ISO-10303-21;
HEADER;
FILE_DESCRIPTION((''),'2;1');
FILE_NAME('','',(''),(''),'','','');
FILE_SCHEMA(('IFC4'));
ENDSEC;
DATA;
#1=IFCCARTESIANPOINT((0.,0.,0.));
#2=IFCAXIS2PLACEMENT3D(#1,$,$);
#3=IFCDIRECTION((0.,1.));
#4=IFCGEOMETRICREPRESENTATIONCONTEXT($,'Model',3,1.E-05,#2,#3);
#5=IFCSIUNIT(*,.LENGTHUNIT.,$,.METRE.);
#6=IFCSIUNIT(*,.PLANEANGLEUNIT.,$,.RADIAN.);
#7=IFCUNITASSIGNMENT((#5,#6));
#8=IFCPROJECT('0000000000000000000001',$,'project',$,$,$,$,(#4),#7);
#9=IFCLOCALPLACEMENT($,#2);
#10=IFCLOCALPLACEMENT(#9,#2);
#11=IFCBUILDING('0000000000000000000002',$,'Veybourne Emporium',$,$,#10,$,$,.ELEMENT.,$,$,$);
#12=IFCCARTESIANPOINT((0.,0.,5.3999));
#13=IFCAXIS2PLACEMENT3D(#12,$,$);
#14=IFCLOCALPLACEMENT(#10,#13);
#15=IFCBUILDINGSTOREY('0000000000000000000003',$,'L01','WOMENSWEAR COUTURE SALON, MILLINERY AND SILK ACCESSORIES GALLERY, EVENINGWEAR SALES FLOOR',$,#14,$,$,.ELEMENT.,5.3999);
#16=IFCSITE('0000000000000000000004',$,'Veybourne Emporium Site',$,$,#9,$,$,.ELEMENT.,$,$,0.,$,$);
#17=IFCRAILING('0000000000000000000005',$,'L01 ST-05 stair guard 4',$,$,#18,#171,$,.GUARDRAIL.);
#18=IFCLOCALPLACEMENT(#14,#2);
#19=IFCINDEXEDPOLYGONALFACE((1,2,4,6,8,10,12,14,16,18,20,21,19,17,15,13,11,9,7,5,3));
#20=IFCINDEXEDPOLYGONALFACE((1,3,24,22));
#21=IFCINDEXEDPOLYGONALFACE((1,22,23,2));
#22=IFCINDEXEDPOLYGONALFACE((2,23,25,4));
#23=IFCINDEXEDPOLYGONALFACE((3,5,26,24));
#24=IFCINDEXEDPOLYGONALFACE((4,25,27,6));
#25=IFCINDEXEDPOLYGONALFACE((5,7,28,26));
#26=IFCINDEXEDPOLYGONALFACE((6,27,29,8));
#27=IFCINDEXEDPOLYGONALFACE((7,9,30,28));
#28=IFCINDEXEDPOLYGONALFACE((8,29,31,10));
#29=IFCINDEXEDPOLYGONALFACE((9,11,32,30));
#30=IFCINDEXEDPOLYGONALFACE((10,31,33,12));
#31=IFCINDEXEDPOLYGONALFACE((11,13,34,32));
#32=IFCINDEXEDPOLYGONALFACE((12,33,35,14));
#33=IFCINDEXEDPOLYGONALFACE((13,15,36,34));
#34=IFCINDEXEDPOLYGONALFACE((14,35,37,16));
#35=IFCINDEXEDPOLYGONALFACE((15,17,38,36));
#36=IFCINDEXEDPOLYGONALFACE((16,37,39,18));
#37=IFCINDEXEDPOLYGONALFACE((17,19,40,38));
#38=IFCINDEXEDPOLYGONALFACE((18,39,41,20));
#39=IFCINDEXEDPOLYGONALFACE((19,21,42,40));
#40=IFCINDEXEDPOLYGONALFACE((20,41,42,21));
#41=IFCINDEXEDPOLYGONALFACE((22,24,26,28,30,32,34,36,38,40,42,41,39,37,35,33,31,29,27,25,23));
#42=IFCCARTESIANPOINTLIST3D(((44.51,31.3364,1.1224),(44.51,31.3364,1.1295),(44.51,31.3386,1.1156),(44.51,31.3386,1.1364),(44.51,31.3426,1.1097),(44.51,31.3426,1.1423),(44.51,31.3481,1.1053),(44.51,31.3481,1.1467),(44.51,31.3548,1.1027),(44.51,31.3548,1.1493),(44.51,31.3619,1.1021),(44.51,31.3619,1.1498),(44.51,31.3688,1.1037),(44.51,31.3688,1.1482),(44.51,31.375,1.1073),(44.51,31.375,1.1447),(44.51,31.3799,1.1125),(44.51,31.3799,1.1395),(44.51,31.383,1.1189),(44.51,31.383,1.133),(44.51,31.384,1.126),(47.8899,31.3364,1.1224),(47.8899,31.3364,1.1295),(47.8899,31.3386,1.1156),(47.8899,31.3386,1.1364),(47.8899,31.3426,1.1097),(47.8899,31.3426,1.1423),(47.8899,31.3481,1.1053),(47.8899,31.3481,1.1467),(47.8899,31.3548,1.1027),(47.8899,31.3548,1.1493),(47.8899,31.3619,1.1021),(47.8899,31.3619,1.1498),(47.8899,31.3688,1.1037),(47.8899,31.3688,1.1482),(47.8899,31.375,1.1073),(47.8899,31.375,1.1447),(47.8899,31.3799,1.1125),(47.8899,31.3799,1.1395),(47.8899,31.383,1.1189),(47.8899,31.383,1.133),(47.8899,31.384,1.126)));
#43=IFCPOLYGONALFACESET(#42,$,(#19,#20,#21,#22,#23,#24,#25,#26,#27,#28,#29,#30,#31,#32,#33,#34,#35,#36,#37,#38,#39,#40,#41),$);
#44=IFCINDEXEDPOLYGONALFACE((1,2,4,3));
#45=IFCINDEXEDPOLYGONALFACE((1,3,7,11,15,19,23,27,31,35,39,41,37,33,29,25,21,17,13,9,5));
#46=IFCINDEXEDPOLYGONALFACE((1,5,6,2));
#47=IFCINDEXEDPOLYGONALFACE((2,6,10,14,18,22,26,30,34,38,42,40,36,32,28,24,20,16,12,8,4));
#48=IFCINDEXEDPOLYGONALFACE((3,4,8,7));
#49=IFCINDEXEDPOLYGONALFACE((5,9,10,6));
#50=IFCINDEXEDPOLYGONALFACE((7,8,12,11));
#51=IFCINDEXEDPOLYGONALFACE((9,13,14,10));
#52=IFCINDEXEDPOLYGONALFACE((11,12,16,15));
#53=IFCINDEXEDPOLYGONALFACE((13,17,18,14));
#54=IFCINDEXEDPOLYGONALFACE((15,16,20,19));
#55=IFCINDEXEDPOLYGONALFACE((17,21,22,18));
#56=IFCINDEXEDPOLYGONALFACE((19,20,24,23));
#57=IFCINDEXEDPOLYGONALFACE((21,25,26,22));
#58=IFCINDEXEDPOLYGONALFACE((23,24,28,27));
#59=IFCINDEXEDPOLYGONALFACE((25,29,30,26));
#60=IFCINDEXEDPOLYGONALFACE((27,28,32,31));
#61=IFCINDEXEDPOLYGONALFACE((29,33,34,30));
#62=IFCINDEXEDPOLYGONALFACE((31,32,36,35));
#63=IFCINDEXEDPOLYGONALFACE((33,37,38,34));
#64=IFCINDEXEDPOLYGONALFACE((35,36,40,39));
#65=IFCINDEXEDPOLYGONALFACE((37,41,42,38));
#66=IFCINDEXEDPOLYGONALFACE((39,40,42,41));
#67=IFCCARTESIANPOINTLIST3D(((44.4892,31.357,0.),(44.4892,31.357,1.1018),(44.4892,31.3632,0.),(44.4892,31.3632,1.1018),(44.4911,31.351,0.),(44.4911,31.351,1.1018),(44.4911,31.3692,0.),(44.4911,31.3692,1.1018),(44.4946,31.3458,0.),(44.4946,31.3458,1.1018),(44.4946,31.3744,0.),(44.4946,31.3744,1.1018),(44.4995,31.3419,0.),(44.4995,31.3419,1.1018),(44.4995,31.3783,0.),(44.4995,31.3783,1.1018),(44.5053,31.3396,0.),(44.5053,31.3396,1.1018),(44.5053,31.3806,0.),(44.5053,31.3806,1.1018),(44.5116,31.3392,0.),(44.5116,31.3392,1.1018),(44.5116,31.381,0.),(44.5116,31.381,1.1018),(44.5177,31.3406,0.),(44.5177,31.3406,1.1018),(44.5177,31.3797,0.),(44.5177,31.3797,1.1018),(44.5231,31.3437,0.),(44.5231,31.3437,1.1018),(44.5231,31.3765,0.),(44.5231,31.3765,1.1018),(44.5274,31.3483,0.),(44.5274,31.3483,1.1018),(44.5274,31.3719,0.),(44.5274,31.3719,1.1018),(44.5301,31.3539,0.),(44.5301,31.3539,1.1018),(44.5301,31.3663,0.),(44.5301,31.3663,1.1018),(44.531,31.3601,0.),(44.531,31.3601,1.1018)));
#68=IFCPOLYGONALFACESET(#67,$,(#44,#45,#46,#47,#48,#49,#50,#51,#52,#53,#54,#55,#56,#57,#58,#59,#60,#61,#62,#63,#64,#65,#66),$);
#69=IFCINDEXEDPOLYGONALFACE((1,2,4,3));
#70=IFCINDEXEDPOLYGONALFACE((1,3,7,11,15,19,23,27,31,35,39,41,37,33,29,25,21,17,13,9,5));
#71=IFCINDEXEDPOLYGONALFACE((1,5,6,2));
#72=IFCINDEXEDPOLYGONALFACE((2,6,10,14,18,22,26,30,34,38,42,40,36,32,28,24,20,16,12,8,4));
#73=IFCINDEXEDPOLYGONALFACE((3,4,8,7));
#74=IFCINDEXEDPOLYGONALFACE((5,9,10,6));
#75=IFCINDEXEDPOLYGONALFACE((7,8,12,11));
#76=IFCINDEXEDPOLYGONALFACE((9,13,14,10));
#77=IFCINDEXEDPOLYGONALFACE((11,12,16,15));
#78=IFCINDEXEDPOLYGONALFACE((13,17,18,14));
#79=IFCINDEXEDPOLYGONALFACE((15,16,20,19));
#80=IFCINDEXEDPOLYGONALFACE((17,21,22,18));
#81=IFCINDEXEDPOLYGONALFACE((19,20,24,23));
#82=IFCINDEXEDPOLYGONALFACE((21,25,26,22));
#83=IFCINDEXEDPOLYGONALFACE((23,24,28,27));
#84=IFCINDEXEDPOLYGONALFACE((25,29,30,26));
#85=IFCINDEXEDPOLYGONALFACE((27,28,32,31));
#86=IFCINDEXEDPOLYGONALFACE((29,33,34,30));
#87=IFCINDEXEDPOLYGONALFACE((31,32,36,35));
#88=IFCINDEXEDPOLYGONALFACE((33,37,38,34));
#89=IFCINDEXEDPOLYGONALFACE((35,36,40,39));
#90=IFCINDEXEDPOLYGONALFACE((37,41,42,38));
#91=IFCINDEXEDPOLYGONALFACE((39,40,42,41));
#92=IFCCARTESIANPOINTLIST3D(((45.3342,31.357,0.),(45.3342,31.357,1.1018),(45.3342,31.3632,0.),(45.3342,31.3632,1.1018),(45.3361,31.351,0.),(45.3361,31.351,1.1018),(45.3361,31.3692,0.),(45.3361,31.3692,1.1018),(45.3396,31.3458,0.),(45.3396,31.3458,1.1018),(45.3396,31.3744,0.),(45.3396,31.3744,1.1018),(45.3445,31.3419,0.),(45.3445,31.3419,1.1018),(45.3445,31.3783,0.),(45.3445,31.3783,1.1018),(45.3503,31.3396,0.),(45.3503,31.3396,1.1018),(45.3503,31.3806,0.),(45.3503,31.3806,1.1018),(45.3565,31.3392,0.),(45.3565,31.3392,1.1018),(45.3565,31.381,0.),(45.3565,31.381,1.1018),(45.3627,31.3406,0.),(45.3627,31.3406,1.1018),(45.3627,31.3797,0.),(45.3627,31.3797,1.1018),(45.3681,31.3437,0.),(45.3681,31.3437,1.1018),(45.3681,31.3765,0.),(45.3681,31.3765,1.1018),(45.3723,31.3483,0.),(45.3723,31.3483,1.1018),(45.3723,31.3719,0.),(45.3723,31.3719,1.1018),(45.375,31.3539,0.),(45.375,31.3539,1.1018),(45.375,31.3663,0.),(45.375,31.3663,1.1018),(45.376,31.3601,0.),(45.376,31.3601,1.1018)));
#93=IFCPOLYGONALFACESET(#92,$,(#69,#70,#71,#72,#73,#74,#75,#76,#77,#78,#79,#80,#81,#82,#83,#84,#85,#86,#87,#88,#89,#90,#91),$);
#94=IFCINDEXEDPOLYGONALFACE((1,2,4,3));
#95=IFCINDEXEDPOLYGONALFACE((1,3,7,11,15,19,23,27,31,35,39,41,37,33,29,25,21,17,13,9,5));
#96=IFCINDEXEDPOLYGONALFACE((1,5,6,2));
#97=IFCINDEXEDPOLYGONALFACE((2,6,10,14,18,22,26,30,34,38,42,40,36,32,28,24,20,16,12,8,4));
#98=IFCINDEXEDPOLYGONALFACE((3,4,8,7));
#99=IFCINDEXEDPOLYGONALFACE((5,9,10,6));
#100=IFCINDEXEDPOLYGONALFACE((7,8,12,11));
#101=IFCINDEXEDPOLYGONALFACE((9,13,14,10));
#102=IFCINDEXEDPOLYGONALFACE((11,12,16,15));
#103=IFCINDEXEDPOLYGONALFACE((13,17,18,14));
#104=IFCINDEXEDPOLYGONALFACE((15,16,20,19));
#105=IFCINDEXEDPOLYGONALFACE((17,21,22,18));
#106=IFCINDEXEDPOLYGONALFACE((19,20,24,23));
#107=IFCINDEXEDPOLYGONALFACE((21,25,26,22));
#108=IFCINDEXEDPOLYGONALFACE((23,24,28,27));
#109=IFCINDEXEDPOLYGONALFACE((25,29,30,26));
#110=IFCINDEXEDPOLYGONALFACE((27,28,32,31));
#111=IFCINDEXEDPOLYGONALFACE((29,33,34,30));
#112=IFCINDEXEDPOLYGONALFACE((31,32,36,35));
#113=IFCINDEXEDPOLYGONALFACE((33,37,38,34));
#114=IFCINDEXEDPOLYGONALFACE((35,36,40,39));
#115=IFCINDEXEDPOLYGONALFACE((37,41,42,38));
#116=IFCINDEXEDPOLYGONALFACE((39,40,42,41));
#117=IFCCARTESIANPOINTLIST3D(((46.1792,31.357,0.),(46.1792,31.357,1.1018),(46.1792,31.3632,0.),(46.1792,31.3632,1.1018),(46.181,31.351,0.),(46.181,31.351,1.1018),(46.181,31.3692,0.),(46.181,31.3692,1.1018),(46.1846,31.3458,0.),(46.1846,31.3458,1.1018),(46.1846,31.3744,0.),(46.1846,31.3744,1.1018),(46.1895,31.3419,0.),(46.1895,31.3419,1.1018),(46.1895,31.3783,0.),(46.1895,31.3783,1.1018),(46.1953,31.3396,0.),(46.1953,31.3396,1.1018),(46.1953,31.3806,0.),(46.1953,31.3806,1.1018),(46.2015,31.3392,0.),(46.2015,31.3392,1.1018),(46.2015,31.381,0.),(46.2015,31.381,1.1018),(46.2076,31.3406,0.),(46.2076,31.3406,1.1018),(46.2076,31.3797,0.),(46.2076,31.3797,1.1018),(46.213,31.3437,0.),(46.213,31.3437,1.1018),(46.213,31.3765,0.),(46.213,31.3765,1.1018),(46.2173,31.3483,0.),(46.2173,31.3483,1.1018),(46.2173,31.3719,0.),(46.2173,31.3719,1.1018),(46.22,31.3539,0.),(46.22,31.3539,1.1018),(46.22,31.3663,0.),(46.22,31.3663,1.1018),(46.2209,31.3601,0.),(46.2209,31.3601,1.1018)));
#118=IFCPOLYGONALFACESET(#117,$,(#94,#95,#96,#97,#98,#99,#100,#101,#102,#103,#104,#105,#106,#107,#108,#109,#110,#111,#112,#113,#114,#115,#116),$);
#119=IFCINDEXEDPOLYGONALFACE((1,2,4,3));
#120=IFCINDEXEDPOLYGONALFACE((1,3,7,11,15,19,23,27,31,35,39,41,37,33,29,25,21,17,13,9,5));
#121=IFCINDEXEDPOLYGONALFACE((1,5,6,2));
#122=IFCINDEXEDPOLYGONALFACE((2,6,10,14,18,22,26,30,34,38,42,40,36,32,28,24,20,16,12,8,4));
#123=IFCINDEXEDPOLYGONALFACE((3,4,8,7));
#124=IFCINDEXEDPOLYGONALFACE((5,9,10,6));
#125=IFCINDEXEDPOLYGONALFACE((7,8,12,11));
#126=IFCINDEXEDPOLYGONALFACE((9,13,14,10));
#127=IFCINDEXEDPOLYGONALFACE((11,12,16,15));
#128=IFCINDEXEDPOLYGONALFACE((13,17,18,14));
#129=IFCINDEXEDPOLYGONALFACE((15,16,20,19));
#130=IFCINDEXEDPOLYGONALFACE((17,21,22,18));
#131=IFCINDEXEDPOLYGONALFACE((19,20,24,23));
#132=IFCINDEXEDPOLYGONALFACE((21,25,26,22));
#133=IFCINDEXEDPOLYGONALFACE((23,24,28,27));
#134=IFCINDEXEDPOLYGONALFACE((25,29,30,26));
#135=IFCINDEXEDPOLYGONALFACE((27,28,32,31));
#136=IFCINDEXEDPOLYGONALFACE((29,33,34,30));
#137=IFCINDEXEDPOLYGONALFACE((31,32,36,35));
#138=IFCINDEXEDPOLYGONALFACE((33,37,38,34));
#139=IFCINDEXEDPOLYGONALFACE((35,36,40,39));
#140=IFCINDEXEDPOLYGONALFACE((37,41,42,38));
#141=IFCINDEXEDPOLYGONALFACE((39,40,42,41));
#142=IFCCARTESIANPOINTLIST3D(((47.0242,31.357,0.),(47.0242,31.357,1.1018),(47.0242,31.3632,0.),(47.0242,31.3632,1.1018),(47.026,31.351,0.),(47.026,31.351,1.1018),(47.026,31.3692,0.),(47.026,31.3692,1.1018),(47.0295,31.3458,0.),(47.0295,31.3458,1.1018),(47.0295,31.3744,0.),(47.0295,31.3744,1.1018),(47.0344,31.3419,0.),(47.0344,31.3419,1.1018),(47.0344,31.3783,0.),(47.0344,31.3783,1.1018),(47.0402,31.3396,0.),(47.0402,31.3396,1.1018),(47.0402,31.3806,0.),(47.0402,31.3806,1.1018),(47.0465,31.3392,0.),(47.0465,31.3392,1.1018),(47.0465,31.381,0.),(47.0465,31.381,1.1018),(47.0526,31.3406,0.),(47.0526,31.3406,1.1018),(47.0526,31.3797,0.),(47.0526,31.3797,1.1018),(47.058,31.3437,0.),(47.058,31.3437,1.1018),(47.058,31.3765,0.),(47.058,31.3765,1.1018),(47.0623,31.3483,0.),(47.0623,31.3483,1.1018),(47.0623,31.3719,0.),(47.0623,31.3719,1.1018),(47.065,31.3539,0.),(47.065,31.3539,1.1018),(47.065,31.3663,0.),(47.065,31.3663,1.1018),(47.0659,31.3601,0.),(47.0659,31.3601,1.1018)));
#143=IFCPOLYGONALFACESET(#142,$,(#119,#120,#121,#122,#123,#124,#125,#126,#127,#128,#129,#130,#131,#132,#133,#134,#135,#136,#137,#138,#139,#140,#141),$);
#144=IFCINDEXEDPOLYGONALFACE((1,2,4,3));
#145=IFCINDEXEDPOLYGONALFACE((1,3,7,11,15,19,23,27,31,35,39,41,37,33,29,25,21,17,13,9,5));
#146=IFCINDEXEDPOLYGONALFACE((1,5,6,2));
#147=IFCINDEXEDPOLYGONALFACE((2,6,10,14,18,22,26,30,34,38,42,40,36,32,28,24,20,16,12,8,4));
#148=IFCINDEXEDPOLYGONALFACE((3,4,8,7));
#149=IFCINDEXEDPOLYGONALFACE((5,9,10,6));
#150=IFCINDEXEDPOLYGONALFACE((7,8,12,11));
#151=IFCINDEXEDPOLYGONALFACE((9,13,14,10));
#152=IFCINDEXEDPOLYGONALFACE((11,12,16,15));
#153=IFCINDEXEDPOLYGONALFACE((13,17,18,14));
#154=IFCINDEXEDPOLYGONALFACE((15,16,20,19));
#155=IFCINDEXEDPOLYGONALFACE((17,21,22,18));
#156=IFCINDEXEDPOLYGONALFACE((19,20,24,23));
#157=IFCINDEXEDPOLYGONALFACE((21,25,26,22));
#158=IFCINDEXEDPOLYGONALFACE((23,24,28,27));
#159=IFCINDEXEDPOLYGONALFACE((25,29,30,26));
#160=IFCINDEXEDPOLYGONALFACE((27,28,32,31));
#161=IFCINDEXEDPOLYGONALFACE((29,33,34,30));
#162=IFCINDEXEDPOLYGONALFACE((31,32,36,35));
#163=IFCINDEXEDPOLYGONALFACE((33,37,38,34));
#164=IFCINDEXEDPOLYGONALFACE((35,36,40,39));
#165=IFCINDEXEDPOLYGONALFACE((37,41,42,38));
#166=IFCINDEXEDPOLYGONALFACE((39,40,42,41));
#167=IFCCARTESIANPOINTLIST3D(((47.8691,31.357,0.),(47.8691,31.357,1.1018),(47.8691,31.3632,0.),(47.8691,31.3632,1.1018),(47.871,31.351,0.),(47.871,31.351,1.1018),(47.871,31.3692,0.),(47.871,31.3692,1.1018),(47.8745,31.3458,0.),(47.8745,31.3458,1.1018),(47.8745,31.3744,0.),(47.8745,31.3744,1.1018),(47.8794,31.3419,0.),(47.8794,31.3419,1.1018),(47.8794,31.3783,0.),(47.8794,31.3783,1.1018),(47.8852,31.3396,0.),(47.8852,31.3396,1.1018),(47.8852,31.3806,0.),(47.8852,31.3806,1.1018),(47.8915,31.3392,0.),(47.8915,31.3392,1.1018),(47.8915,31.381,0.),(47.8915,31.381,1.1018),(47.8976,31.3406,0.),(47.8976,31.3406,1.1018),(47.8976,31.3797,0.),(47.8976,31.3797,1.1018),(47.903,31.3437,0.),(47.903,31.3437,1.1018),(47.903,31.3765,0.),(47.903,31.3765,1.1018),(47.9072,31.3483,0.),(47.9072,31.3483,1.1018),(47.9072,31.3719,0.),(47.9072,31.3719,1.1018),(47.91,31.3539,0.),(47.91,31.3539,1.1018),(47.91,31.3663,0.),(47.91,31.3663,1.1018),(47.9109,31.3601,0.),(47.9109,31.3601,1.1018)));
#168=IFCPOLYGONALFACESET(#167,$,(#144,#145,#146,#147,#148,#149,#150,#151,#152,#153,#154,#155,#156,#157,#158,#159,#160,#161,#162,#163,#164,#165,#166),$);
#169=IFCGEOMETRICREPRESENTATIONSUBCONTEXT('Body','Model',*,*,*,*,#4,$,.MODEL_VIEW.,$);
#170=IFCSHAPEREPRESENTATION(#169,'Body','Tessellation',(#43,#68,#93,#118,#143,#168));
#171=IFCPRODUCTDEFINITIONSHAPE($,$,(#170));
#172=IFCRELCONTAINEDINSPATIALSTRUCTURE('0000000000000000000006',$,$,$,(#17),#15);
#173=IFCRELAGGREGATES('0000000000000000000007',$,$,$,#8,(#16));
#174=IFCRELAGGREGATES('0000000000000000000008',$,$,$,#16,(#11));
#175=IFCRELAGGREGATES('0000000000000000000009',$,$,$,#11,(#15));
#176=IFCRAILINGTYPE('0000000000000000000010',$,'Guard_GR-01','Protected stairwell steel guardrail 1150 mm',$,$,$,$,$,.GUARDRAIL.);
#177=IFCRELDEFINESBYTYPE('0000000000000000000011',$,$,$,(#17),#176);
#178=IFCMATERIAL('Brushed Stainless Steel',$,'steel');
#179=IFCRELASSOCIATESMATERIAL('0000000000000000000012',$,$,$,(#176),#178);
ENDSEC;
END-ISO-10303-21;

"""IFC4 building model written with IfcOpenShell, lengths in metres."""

from ifc_helpers import new_model, si_unit, direction, frame, origin, origin_2d, place, context, subcontext, project, spatial, circle, extrude, material, type_object, element, save


model = new_model("IFC4")

# Units and contexts
model_context = context("Model", 3, precision=1e-05, world=origin(), true_north=direction((0.0, 1.0)))
body_context = subcontext(model_context, "Body", "Model", "MODEL_VIEW")
ifc_project = project(units=[si_unit("LENGTHUNIT", "METRE"), si_unit("PLANEANGLEUNIT", "RADIAN")], contexts=[model_context])

# Site, building, storey
site_placement = place(None, origin())
site = spatial("IfcSite", under=ifc_project, at=site_placement, Name="Veybourne Emporium Site", CompositionType="ELEMENT", RefElevation=0.0)
building_placement = place(site_placement, origin())
building = spatial("IfcBuilding", under=site, at=building_placement, Name="Veybourne Emporium", CompositionType="ELEMENT")
storey_placement = place(building_placement, frame((0.0, 0.0, 5.3999)))
storey = spatial("IfcBuildingStorey", under=building, at=storey_placement, Name="L01", Description="WOMENSWEAR COUTURE SALON, MILLINERY AND SILK ACCESSORIES GALLERY, EVENINGWEAR SALES FLOOR", CompositionType="ELEMENT", Elevation=5.3999)

# Railing
ifc_material_1 = material(Name="Brushed Stainless Steel", Category="steel")
railing_type_1 = type_object("IfcRailingType", Name="Guard_GR-01", Description="Protected stairwell steel guardrail 1150 mm", PredefinedType="GUARDRAIL", material=ifc_material_1)
railing_1_placement = place(storey_placement, frame((44.51, 31.3601, 0.0)))
element("IfcRailing", 1, at=railing_1_placement, inside=storey, type_object=railing_type_1, Name="L01 ST-05 stair guard 4", PredefinedType="GUARDRAIL", context=body_context, shape_type="SweptSolid", body=[
    extrude(circle(Radius=0.0239, at=origin_2d()), frame((0.0, 0.0, 1.126), z_axis=(1.0, 0.0, 0.0), x_axis=(0.0, 1.0, 0.0)), (0.0, 0.0, 1.0), 3.3799),
    extrude(circle(Radius=0.021, at=origin_2d()), origin(), (0.0, 0.0, 1.0), 1.1018),
    extrude(circle(Radius=0.021, at=origin_2d()), frame((0.845, 0.0, 0.0)), (0.0, 0.0, 1.0), 1.1018),
    extrude(circle(Radius=0.021, at=origin_2d()), frame((1.6899, 0.0, 0.0)), (0.0, 0.0, 1.0), 1.1018),
    extrude(circle(Radius=0.021, at=origin_2d()), frame((2.5349, 0.0, 0.0)), (0.0, 0.0, 1.0), 1.1018),
    extrude(circle(Radius=0.021, at=origin_2d()), frame((3.3799, 0.0, 0.0)), (0.0, 0.0, 1.0), 1.1018),
])

save(model, "model.ifc")
